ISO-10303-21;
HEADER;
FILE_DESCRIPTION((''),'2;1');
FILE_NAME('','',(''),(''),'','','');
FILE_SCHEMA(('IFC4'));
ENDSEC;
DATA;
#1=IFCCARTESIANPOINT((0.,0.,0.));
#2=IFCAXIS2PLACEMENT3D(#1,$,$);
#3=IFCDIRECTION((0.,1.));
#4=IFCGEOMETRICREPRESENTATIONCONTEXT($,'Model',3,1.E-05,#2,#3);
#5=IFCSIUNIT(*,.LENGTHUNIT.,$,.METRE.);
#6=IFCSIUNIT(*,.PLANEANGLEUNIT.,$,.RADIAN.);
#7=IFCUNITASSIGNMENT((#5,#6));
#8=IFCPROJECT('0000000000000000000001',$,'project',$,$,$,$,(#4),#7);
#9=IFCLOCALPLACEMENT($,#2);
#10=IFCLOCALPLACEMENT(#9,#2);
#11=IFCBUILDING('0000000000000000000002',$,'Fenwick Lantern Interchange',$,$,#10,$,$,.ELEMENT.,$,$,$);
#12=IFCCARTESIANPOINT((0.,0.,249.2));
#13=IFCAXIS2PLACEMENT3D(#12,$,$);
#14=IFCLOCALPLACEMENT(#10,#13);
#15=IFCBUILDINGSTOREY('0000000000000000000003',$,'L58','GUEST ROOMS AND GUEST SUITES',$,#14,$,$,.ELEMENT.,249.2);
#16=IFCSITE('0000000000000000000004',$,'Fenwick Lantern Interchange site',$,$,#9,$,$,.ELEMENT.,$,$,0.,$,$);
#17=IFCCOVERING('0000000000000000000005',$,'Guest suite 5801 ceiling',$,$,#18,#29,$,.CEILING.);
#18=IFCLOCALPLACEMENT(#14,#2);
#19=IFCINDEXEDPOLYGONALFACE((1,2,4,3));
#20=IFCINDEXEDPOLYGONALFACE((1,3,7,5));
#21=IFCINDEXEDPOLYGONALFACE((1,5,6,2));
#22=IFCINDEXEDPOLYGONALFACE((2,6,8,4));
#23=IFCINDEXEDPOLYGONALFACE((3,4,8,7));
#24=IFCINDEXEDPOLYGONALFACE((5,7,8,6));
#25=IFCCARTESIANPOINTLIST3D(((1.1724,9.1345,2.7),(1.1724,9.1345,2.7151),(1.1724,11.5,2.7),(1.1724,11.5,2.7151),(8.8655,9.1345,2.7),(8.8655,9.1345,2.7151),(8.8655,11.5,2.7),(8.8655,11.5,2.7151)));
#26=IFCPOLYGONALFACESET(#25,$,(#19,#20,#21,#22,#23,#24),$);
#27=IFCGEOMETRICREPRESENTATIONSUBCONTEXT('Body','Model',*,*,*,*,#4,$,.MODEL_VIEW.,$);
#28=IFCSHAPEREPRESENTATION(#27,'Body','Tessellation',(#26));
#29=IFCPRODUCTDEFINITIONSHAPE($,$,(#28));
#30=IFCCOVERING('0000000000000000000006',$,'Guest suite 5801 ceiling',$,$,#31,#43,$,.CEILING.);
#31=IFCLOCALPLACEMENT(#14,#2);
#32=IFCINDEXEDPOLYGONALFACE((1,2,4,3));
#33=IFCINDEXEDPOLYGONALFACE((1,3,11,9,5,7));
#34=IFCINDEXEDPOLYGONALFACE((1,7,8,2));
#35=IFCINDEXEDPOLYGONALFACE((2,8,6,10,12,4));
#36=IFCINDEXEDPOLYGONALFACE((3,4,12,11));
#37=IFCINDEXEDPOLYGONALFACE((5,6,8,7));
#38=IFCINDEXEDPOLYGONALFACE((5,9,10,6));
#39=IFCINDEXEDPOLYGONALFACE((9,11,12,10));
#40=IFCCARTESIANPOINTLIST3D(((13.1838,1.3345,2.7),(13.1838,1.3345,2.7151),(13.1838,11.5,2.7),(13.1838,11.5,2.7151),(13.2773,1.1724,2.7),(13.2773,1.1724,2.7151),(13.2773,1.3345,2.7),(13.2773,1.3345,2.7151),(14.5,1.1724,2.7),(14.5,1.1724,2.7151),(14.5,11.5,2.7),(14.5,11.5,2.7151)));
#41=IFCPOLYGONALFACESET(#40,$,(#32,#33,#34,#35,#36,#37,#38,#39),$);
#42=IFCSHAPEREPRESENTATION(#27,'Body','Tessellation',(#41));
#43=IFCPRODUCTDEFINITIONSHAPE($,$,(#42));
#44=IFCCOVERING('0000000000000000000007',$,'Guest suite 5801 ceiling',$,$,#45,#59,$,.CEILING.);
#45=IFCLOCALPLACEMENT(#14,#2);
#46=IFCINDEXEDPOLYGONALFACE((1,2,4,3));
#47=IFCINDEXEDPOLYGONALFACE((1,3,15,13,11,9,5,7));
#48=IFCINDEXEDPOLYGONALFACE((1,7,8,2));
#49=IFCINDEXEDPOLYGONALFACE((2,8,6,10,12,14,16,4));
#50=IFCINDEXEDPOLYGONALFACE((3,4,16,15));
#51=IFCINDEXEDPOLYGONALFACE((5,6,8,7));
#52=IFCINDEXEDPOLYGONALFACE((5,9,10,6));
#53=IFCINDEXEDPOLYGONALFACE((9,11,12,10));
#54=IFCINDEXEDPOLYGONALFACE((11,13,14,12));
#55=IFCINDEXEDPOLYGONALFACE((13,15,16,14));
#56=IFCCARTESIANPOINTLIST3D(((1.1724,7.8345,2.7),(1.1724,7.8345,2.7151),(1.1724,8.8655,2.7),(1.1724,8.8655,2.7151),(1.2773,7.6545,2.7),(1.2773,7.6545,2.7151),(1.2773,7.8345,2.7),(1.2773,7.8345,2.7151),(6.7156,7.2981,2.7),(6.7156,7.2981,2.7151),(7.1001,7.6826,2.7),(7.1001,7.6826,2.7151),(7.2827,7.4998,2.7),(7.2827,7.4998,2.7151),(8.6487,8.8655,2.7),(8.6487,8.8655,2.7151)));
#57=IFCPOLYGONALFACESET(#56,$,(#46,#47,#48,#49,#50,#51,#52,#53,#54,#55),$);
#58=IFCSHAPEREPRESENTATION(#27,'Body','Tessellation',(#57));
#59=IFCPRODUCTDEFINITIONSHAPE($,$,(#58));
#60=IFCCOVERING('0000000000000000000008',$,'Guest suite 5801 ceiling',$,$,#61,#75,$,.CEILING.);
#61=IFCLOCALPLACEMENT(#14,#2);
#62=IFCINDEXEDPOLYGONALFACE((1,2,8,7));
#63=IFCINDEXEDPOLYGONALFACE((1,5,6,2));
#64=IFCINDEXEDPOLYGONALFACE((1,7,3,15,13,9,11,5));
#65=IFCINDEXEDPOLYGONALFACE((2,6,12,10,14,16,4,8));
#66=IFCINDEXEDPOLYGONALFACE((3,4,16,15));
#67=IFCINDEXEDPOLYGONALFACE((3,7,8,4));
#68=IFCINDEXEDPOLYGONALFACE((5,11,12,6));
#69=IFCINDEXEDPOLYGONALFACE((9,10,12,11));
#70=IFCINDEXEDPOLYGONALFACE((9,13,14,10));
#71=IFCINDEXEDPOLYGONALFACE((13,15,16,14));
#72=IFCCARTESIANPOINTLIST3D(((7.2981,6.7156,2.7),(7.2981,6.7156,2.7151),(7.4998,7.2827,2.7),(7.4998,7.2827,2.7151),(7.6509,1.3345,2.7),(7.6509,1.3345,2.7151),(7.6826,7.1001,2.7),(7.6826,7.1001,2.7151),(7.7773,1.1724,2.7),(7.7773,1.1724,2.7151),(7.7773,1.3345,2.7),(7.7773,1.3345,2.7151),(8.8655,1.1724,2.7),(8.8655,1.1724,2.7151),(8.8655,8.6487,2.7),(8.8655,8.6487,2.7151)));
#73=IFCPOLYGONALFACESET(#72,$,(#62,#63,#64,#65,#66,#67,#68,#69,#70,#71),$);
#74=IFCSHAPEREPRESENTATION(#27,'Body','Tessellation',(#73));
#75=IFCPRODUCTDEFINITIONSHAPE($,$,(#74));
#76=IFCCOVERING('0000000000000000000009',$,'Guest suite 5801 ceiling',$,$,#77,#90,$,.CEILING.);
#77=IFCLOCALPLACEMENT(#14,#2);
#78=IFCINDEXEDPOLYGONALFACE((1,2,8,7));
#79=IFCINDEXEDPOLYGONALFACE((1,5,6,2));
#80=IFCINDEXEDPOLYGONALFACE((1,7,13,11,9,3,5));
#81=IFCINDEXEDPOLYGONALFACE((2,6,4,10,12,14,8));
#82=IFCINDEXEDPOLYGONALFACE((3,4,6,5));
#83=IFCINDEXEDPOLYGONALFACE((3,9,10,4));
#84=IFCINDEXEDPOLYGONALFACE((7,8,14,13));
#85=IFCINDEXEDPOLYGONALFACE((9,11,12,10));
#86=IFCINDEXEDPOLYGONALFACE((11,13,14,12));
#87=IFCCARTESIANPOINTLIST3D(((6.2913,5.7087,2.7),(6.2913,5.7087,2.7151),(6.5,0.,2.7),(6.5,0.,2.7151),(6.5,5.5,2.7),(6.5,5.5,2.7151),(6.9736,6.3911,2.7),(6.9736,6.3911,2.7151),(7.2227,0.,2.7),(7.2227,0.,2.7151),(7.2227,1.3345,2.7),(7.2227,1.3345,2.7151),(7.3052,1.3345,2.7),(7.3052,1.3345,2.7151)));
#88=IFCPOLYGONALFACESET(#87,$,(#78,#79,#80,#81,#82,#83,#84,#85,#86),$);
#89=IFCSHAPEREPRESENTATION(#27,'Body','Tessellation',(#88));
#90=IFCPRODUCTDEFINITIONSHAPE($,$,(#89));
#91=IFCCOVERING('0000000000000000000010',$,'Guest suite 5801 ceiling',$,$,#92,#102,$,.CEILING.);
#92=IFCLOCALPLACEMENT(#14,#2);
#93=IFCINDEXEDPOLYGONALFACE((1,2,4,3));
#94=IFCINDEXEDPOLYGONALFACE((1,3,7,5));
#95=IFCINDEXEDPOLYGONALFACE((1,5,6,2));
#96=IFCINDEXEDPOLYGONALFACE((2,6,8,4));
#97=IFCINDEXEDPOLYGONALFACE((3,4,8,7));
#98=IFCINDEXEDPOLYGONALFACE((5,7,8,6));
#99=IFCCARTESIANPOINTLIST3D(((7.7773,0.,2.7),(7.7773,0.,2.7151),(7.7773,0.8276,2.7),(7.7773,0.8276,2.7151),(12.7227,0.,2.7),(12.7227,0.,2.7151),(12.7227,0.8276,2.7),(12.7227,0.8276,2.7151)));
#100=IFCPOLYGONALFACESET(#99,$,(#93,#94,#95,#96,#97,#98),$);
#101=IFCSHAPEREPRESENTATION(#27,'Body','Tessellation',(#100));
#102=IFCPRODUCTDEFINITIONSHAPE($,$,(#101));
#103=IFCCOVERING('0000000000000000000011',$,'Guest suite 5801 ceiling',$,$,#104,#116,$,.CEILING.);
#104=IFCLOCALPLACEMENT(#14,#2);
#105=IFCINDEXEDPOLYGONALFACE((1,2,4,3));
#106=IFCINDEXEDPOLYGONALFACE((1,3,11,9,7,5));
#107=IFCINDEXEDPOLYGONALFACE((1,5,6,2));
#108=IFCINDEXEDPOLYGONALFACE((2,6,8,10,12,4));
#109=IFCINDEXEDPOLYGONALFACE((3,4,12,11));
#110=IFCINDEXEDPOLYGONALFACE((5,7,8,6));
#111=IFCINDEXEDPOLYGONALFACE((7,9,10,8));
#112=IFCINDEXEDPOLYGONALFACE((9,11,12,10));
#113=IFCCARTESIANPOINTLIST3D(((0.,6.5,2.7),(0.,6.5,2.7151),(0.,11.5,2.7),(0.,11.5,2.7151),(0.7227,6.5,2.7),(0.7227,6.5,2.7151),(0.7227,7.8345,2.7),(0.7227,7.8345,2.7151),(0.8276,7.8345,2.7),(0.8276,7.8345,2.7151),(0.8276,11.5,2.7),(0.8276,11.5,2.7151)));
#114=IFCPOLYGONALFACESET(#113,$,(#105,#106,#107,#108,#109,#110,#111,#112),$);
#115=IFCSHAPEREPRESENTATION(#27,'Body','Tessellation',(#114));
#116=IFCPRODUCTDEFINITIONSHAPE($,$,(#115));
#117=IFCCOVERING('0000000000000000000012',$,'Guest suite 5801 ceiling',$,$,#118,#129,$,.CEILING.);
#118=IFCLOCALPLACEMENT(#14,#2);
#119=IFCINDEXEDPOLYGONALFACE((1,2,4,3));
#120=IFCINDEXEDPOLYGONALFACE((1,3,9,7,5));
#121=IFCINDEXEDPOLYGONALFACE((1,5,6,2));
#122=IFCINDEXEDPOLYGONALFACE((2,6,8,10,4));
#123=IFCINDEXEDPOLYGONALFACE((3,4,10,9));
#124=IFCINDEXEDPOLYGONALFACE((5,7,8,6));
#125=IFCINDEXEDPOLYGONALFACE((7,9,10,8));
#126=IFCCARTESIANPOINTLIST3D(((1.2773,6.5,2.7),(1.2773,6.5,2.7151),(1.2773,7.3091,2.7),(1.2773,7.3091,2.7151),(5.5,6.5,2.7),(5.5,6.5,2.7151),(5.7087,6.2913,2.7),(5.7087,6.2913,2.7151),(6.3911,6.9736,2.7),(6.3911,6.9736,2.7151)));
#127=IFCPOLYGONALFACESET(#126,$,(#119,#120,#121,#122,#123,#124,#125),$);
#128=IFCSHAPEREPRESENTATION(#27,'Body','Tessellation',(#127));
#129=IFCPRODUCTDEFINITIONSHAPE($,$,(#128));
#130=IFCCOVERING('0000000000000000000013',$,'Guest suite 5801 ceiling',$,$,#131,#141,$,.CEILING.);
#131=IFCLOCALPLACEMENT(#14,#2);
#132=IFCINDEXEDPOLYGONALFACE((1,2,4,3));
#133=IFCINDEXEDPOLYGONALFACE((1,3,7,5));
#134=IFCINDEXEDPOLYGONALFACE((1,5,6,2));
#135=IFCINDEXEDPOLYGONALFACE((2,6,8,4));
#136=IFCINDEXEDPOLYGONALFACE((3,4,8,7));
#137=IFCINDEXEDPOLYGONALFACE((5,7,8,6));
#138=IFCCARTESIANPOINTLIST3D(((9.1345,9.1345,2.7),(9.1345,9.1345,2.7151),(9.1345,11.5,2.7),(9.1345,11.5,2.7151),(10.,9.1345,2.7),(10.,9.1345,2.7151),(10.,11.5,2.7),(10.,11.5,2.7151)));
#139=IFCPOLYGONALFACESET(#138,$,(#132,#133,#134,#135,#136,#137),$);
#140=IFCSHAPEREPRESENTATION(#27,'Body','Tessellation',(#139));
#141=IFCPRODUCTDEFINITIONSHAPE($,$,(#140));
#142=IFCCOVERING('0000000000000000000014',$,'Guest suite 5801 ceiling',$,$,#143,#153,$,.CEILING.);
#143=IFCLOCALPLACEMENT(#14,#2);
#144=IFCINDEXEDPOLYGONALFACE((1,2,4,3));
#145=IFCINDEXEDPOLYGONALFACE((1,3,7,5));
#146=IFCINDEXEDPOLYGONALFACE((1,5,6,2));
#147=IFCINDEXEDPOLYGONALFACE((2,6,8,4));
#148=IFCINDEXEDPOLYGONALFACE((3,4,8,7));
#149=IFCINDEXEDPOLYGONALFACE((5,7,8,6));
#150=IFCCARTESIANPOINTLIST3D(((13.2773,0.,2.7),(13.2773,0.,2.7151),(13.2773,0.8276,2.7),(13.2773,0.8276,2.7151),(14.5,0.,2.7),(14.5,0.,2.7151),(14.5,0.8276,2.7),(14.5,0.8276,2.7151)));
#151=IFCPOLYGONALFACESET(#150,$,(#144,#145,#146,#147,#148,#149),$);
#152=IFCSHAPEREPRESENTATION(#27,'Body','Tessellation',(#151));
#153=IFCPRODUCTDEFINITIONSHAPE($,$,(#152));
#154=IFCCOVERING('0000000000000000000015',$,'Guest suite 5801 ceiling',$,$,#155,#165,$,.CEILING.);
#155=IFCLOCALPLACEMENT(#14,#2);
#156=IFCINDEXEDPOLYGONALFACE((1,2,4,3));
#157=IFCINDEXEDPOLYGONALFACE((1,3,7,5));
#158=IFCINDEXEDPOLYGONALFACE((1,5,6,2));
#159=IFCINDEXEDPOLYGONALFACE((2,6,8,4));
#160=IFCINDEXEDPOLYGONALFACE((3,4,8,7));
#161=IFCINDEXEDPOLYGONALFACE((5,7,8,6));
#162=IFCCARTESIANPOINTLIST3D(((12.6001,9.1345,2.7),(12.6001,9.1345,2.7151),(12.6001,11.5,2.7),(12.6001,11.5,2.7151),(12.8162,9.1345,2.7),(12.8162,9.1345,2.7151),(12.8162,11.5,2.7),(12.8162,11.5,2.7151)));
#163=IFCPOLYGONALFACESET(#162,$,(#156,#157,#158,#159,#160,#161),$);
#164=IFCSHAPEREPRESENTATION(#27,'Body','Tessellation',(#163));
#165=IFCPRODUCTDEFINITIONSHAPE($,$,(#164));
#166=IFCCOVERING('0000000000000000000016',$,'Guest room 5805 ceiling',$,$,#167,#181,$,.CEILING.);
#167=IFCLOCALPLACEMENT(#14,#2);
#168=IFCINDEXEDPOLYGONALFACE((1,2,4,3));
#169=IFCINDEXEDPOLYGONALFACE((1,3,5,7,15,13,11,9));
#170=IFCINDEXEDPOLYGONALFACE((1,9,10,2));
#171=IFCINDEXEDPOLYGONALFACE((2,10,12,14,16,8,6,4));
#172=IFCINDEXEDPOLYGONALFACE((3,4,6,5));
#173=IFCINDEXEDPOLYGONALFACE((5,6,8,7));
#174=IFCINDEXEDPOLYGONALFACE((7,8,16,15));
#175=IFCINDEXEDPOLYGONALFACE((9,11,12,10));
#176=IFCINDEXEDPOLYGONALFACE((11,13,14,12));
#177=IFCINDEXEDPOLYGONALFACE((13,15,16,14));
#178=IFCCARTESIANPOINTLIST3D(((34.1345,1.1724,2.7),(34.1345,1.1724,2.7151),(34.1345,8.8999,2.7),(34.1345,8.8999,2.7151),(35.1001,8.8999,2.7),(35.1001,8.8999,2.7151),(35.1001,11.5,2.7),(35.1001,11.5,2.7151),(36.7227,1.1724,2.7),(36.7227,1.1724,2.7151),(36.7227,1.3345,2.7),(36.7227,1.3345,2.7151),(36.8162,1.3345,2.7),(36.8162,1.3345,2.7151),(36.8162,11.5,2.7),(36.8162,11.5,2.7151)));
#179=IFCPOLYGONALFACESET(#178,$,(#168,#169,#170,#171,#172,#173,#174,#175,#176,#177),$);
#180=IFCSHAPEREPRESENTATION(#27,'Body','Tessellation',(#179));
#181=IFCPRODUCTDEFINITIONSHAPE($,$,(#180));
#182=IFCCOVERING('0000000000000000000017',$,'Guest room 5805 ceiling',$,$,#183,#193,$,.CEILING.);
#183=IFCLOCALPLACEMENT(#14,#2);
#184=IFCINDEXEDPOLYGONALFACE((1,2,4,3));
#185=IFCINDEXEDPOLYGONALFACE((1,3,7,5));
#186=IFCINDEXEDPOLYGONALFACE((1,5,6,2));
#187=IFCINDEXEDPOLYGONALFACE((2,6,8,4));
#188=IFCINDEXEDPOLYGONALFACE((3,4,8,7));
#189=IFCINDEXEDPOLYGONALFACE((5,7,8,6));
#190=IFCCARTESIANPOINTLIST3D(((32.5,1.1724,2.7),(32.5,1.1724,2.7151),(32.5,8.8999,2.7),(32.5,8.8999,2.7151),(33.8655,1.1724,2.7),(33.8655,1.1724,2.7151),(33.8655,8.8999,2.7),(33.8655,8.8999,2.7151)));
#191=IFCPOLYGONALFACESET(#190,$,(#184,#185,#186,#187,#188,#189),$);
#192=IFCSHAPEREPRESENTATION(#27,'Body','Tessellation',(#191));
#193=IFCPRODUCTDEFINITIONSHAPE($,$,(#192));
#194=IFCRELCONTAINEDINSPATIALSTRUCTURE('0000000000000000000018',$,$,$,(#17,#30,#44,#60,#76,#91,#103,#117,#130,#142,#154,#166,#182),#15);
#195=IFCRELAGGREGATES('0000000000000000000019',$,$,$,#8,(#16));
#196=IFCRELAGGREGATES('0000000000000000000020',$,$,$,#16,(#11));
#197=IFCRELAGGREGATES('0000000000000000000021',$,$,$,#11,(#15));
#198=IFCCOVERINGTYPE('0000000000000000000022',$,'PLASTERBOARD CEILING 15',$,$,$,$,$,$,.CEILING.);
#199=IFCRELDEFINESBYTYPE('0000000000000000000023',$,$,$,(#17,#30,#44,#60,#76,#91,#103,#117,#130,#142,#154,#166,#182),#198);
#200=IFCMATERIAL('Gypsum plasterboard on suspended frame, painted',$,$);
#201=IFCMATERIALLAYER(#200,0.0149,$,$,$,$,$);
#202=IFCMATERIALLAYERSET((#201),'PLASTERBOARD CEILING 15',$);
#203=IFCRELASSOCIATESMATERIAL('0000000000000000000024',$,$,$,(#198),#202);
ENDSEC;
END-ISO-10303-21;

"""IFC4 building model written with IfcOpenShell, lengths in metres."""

from ifc_helpers import new_model, si_unit, direction, frame, origin, place, context, subcontext, project, spatial, polyline, outline, extrude, material, layer, layer_set, type_object, element, save


model = new_model("IFC4")

# Units and contexts
model_context = context("Model", 3, precision=1e-05, world=origin(), true_north=direction((0.0, 1.0)))
body_context = subcontext(model_context, "Body", "Model", "MODEL_VIEW")
ifc_project = project(units=[si_unit("LENGTHUNIT", "METRE"), si_unit("PLANEANGLEUNIT", "RADIAN")], contexts=[model_context])

# Site, building, storey
site_placement = place(None, origin())
site = spatial("IfcSite", under=ifc_project, at=site_placement, Name="Fenwick Lantern Interchange site", CompositionType="ELEMENT", RefElevation=0.0)
building_placement = place(site_placement, origin())
building = spatial("IfcBuilding", under=site, at=building_placement, Name="Fenwick Lantern Interchange", CompositionType="ELEMENT")
storey_placement = place(building_placement, frame((0.0, 0.0, 249.2)))
storey = spatial("IfcBuildingStorey", under=building, at=storey_placement, Name="L58", Description="GUEST ROOMS AND GUEST SUITES", CompositionType="ELEMENT", Elevation=249.2)

# Coverings
ifc_material = material(Name="Gypsum plasterboard on suspended frame, painted")
ifc_layer = layer(ifc_material, 0.0149)
ifc_layer_set = layer_set([ifc_layer], Name="PLASTERBOARD CEILING 15")
covering_type = type_object("IfcCoveringType", Name="PLASTERBOARD CEILING 15", PredefinedType="CEILING", material=ifc_layer_set)
covering_1_placement = place(storey_placement, frame((0.0, 0.0, 2.7)))
element("IfcCovering", 1, at=covering_1_placement, inside=storey, type_object=covering_type, Name="Guest suite 5801 ceiling", PredefinedType="CEILING", context=body_context, shape_type="SweptSolid", body=[
    extrude(outline(polyline([(8.8655, 11.5), (1.1724, 11.5), (1.1724, 9.1345), (8.8655, 9.1345), (8.8655, 11.5)])), origin(), (0.0, 0.0, 1.0), 0.0151),
])
covering_2_placement = place(storey_placement, frame((0.0, 0.0, 2.7)))
element("IfcCovering", 2, at=covering_2_placement, inside=storey, type_object=covering_type, Name="Guest suite 5801 ceiling", PredefinedType="CEILING", context=body_context, shape_type="SweptSolid", body=[
    extrude(outline(polyline([(14.5, 11.5), (13.1838, 11.5), (13.1838, 1.3345), (13.2773, 1.3345), (13.2773, 1.1724), (14.5, 1.1724), (14.5, 11.5)])), origin(), (0.0, 0.0, 1.0), 0.0151),
])
covering_3_placement = place(storey_placement, frame((0.0, 0.0, 2.7)))
element("IfcCovering", 3, at=covering_3_placement, inside=storey, type_object=covering_type, Name="Guest suite 5801 ceiling", PredefinedType="CEILING", context=body_context, shape_type="SweptSolid", body=[
    extrude(outline(polyline([(7.1001, 7.6826), (7.2827, 7.4998), (8.6487, 8.8655), (1.1724, 8.8655), (1.1724, 7.8345), (1.2773, 7.8345), (1.2773, 7.6545), (6.7156, 7.2981), (7.1001, 7.6826)])), origin(), (0.0, 0.0, 1.0), 0.0151),
])
covering_4_placement = place(storey_placement, frame((0.0, 0.0, 2.7)))
element("IfcCovering", 4, at=covering_4_placement, inside=storey, type_object=covering_type, Name="Guest suite 5801 ceiling", PredefinedType="CEILING", context=body_context, shape_type="SweptSolid", body=[
    extrude(outline(polyline([(7.7773, 1.3345), (7.7773, 1.1724), (8.8655, 1.1724), (8.8655, 8.6487), (7.4998, 7.2827), (7.6826, 7.1001), (7.2981, 6.7156), (7.6509, 1.3345), (7.7773, 1.3345)])), origin(), (0.0, 0.0, 1.0), 0.0151),
])
covering_5_placement = place(storey_placement, frame((0.0, 0.0, 2.7)))
element("IfcCovering", 5, at=covering_5_placement, inside=storey, type_object=covering_type, Name="Guest suite 5801 ceiling", PredefinedType="CEILING", context=body_context, shape_type="SweptSolid", body=[
    extrude(outline(polyline([(7.2227, 1.3345), (7.3052, 1.3345), (6.9736, 6.3911), (6.2913, 5.7087), (6.5, 5.5), (6.5, 0.0), (7.2227, 0.0), (7.2227, 1.3345)])), origin(), (0.0, 0.0, 1.0), 0.0151),
])
covering_6_placement = place(storey_placement, frame((0.0, 0.0, 2.7)))
element("IfcCovering", 6, at=covering_6_placement, inside=storey, type_object=covering_type, Name="Guest suite 5801 ceiling", PredefinedType="CEILING", context=body_context, shape_type="SweptSolid", body=[
    extrude(outline(polyline([(12.7227, 0.0), (12.7227, 0.8276), (7.7773, 0.8276), (7.7773, 0.0), (12.7227, 0.0)])), origin(), (0.0, 0.0, 1.0), 0.0151),
])
covering_7_placement = place(storey_placement, frame((0.0, 0.0, 2.7)))
element("IfcCovering", 7, at=covering_7_placement, inside=storey, type_object=covering_type, Name="Guest suite 5801 ceiling", PredefinedType="CEILING", context=body_context, shape_type="SweptSolid", body=[
    extrude(outline(polyline([(0.7227, 7.8345), (0.8276, 7.8345), (0.8276, 11.5), (0.0, 11.5), (0.0, 6.5), (0.7227, 6.5), (0.7227, 7.8345)])), origin(), (0.0, 0.0, 1.0), 0.0151),
])
covering_8_placement = place(storey_placement, frame((0.0, 0.0, 2.7)))
element("IfcCovering", 8, at=covering_8_placement, inside=storey, type_object=covering_type, Name="Guest suite 5801 ceiling", PredefinedType="CEILING", context=body_context, shape_type="SweptSolid", body=[
    extrude(outline(polyline([(5.7087, 6.2913), (6.3911, 6.9736), (1.2773, 7.3091), (1.2773, 6.5), (5.5, 6.5), (5.7087, 6.2913)])), origin(), (0.0, 0.0, 1.0), 0.0151),
])
covering_9_placement = place(storey_placement, frame((0.0, 0.0, 2.7)))
element("IfcCovering", 9, at=covering_9_placement, inside=storey, type_object=covering_type, Name="Guest suite 5801 ceiling", PredefinedType="CEILING", context=body_context, shape_type="SweptSolid", body=[
    extrude(outline(polyline([(10.0, 9.1345), (10.0, 11.5), (9.1345, 11.5), (9.1345, 9.1345), (10.0, 9.1345)])), origin(), (0.0, 0.0, 1.0), 0.0151),
])
covering_10_placement = place(storey_placement, frame((0.0, 0.0, 2.7)))
element("IfcCovering", 10, at=covering_10_placement, inside=storey, type_object=covering_type, Name="Guest suite 5801 ceiling", PredefinedType="CEILING", context=body_context, shape_type="SweptSolid", body=[
    extrude(outline(polyline([(14.5, 0.0), (14.5, 0.8276), (13.2773, 0.8276), (13.2773, 0.0), (14.5, 0.0)])), origin(), (0.0, 0.0, 1.0), 0.0151),
])
covering_11_placement = place(storey_placement, frame((0.0, 0.0, 2.7)))
element("IfcCovering", 11, at=covering_11_placement, inside=storey, type_object=covering_type, Name="Guest suite 5801 ceiling", PredefinedType="CEILING", context=body_context, shape_type="SweptSolid", body=[
    extrude(outline(polyline([(12.6001, 11.5), (12.6001, 9.1345), (12.8162, 9.1345), (12.8162, 11.5), (12.6001, 11.5)])), origin(), (0.0, 0.0, 1.0), 0.0151),
])
covering_12_placement = place(storey_placement, frame((0.0, 0.0, 2.7)))
element("IfcCovering", 12, at=covering_12_placement, inside=storey, type_object=covering_type, Name="Guest room 5805 ceiling", PredefinedType="CEILING", context=body_context, shape_type="SweptSolid", body=[
    extrude(outline(polyline([(36.7227, 1.3345), (36.8162, 1.3345), (36.8162, 11.5), (35.1001, 11.5), (35.1001, 8.8999), (34.1345, 8.8999), (34.1345, 1.1724), (36.7227, 1.1724), (36.7227, 1.3345)])), origin(), (0.0, 0.0, 1.0), 0.0151),
])
covering_13_placement = place(storey_placement, frame((0.0, 0.0, 2.7)))
element("IfcCovering", 13, at=covering_13_placement, inside=storey, type_object=covering_type, Name="Guest room 5805 ceiling", PredefinedType="CEILING", context=body_context, shape_type="SweptSolid", body=[
    extrude(outline(polyline([(32.5, 8.8999), (32.5, 1.1724), (33.8655, 1.1724), (33.8655, 8.8999), (32.5, 8.8999)])), origin(), (0.0, 0.0, 1.0), 0.0151),
])

save(model, "model.ifc")
